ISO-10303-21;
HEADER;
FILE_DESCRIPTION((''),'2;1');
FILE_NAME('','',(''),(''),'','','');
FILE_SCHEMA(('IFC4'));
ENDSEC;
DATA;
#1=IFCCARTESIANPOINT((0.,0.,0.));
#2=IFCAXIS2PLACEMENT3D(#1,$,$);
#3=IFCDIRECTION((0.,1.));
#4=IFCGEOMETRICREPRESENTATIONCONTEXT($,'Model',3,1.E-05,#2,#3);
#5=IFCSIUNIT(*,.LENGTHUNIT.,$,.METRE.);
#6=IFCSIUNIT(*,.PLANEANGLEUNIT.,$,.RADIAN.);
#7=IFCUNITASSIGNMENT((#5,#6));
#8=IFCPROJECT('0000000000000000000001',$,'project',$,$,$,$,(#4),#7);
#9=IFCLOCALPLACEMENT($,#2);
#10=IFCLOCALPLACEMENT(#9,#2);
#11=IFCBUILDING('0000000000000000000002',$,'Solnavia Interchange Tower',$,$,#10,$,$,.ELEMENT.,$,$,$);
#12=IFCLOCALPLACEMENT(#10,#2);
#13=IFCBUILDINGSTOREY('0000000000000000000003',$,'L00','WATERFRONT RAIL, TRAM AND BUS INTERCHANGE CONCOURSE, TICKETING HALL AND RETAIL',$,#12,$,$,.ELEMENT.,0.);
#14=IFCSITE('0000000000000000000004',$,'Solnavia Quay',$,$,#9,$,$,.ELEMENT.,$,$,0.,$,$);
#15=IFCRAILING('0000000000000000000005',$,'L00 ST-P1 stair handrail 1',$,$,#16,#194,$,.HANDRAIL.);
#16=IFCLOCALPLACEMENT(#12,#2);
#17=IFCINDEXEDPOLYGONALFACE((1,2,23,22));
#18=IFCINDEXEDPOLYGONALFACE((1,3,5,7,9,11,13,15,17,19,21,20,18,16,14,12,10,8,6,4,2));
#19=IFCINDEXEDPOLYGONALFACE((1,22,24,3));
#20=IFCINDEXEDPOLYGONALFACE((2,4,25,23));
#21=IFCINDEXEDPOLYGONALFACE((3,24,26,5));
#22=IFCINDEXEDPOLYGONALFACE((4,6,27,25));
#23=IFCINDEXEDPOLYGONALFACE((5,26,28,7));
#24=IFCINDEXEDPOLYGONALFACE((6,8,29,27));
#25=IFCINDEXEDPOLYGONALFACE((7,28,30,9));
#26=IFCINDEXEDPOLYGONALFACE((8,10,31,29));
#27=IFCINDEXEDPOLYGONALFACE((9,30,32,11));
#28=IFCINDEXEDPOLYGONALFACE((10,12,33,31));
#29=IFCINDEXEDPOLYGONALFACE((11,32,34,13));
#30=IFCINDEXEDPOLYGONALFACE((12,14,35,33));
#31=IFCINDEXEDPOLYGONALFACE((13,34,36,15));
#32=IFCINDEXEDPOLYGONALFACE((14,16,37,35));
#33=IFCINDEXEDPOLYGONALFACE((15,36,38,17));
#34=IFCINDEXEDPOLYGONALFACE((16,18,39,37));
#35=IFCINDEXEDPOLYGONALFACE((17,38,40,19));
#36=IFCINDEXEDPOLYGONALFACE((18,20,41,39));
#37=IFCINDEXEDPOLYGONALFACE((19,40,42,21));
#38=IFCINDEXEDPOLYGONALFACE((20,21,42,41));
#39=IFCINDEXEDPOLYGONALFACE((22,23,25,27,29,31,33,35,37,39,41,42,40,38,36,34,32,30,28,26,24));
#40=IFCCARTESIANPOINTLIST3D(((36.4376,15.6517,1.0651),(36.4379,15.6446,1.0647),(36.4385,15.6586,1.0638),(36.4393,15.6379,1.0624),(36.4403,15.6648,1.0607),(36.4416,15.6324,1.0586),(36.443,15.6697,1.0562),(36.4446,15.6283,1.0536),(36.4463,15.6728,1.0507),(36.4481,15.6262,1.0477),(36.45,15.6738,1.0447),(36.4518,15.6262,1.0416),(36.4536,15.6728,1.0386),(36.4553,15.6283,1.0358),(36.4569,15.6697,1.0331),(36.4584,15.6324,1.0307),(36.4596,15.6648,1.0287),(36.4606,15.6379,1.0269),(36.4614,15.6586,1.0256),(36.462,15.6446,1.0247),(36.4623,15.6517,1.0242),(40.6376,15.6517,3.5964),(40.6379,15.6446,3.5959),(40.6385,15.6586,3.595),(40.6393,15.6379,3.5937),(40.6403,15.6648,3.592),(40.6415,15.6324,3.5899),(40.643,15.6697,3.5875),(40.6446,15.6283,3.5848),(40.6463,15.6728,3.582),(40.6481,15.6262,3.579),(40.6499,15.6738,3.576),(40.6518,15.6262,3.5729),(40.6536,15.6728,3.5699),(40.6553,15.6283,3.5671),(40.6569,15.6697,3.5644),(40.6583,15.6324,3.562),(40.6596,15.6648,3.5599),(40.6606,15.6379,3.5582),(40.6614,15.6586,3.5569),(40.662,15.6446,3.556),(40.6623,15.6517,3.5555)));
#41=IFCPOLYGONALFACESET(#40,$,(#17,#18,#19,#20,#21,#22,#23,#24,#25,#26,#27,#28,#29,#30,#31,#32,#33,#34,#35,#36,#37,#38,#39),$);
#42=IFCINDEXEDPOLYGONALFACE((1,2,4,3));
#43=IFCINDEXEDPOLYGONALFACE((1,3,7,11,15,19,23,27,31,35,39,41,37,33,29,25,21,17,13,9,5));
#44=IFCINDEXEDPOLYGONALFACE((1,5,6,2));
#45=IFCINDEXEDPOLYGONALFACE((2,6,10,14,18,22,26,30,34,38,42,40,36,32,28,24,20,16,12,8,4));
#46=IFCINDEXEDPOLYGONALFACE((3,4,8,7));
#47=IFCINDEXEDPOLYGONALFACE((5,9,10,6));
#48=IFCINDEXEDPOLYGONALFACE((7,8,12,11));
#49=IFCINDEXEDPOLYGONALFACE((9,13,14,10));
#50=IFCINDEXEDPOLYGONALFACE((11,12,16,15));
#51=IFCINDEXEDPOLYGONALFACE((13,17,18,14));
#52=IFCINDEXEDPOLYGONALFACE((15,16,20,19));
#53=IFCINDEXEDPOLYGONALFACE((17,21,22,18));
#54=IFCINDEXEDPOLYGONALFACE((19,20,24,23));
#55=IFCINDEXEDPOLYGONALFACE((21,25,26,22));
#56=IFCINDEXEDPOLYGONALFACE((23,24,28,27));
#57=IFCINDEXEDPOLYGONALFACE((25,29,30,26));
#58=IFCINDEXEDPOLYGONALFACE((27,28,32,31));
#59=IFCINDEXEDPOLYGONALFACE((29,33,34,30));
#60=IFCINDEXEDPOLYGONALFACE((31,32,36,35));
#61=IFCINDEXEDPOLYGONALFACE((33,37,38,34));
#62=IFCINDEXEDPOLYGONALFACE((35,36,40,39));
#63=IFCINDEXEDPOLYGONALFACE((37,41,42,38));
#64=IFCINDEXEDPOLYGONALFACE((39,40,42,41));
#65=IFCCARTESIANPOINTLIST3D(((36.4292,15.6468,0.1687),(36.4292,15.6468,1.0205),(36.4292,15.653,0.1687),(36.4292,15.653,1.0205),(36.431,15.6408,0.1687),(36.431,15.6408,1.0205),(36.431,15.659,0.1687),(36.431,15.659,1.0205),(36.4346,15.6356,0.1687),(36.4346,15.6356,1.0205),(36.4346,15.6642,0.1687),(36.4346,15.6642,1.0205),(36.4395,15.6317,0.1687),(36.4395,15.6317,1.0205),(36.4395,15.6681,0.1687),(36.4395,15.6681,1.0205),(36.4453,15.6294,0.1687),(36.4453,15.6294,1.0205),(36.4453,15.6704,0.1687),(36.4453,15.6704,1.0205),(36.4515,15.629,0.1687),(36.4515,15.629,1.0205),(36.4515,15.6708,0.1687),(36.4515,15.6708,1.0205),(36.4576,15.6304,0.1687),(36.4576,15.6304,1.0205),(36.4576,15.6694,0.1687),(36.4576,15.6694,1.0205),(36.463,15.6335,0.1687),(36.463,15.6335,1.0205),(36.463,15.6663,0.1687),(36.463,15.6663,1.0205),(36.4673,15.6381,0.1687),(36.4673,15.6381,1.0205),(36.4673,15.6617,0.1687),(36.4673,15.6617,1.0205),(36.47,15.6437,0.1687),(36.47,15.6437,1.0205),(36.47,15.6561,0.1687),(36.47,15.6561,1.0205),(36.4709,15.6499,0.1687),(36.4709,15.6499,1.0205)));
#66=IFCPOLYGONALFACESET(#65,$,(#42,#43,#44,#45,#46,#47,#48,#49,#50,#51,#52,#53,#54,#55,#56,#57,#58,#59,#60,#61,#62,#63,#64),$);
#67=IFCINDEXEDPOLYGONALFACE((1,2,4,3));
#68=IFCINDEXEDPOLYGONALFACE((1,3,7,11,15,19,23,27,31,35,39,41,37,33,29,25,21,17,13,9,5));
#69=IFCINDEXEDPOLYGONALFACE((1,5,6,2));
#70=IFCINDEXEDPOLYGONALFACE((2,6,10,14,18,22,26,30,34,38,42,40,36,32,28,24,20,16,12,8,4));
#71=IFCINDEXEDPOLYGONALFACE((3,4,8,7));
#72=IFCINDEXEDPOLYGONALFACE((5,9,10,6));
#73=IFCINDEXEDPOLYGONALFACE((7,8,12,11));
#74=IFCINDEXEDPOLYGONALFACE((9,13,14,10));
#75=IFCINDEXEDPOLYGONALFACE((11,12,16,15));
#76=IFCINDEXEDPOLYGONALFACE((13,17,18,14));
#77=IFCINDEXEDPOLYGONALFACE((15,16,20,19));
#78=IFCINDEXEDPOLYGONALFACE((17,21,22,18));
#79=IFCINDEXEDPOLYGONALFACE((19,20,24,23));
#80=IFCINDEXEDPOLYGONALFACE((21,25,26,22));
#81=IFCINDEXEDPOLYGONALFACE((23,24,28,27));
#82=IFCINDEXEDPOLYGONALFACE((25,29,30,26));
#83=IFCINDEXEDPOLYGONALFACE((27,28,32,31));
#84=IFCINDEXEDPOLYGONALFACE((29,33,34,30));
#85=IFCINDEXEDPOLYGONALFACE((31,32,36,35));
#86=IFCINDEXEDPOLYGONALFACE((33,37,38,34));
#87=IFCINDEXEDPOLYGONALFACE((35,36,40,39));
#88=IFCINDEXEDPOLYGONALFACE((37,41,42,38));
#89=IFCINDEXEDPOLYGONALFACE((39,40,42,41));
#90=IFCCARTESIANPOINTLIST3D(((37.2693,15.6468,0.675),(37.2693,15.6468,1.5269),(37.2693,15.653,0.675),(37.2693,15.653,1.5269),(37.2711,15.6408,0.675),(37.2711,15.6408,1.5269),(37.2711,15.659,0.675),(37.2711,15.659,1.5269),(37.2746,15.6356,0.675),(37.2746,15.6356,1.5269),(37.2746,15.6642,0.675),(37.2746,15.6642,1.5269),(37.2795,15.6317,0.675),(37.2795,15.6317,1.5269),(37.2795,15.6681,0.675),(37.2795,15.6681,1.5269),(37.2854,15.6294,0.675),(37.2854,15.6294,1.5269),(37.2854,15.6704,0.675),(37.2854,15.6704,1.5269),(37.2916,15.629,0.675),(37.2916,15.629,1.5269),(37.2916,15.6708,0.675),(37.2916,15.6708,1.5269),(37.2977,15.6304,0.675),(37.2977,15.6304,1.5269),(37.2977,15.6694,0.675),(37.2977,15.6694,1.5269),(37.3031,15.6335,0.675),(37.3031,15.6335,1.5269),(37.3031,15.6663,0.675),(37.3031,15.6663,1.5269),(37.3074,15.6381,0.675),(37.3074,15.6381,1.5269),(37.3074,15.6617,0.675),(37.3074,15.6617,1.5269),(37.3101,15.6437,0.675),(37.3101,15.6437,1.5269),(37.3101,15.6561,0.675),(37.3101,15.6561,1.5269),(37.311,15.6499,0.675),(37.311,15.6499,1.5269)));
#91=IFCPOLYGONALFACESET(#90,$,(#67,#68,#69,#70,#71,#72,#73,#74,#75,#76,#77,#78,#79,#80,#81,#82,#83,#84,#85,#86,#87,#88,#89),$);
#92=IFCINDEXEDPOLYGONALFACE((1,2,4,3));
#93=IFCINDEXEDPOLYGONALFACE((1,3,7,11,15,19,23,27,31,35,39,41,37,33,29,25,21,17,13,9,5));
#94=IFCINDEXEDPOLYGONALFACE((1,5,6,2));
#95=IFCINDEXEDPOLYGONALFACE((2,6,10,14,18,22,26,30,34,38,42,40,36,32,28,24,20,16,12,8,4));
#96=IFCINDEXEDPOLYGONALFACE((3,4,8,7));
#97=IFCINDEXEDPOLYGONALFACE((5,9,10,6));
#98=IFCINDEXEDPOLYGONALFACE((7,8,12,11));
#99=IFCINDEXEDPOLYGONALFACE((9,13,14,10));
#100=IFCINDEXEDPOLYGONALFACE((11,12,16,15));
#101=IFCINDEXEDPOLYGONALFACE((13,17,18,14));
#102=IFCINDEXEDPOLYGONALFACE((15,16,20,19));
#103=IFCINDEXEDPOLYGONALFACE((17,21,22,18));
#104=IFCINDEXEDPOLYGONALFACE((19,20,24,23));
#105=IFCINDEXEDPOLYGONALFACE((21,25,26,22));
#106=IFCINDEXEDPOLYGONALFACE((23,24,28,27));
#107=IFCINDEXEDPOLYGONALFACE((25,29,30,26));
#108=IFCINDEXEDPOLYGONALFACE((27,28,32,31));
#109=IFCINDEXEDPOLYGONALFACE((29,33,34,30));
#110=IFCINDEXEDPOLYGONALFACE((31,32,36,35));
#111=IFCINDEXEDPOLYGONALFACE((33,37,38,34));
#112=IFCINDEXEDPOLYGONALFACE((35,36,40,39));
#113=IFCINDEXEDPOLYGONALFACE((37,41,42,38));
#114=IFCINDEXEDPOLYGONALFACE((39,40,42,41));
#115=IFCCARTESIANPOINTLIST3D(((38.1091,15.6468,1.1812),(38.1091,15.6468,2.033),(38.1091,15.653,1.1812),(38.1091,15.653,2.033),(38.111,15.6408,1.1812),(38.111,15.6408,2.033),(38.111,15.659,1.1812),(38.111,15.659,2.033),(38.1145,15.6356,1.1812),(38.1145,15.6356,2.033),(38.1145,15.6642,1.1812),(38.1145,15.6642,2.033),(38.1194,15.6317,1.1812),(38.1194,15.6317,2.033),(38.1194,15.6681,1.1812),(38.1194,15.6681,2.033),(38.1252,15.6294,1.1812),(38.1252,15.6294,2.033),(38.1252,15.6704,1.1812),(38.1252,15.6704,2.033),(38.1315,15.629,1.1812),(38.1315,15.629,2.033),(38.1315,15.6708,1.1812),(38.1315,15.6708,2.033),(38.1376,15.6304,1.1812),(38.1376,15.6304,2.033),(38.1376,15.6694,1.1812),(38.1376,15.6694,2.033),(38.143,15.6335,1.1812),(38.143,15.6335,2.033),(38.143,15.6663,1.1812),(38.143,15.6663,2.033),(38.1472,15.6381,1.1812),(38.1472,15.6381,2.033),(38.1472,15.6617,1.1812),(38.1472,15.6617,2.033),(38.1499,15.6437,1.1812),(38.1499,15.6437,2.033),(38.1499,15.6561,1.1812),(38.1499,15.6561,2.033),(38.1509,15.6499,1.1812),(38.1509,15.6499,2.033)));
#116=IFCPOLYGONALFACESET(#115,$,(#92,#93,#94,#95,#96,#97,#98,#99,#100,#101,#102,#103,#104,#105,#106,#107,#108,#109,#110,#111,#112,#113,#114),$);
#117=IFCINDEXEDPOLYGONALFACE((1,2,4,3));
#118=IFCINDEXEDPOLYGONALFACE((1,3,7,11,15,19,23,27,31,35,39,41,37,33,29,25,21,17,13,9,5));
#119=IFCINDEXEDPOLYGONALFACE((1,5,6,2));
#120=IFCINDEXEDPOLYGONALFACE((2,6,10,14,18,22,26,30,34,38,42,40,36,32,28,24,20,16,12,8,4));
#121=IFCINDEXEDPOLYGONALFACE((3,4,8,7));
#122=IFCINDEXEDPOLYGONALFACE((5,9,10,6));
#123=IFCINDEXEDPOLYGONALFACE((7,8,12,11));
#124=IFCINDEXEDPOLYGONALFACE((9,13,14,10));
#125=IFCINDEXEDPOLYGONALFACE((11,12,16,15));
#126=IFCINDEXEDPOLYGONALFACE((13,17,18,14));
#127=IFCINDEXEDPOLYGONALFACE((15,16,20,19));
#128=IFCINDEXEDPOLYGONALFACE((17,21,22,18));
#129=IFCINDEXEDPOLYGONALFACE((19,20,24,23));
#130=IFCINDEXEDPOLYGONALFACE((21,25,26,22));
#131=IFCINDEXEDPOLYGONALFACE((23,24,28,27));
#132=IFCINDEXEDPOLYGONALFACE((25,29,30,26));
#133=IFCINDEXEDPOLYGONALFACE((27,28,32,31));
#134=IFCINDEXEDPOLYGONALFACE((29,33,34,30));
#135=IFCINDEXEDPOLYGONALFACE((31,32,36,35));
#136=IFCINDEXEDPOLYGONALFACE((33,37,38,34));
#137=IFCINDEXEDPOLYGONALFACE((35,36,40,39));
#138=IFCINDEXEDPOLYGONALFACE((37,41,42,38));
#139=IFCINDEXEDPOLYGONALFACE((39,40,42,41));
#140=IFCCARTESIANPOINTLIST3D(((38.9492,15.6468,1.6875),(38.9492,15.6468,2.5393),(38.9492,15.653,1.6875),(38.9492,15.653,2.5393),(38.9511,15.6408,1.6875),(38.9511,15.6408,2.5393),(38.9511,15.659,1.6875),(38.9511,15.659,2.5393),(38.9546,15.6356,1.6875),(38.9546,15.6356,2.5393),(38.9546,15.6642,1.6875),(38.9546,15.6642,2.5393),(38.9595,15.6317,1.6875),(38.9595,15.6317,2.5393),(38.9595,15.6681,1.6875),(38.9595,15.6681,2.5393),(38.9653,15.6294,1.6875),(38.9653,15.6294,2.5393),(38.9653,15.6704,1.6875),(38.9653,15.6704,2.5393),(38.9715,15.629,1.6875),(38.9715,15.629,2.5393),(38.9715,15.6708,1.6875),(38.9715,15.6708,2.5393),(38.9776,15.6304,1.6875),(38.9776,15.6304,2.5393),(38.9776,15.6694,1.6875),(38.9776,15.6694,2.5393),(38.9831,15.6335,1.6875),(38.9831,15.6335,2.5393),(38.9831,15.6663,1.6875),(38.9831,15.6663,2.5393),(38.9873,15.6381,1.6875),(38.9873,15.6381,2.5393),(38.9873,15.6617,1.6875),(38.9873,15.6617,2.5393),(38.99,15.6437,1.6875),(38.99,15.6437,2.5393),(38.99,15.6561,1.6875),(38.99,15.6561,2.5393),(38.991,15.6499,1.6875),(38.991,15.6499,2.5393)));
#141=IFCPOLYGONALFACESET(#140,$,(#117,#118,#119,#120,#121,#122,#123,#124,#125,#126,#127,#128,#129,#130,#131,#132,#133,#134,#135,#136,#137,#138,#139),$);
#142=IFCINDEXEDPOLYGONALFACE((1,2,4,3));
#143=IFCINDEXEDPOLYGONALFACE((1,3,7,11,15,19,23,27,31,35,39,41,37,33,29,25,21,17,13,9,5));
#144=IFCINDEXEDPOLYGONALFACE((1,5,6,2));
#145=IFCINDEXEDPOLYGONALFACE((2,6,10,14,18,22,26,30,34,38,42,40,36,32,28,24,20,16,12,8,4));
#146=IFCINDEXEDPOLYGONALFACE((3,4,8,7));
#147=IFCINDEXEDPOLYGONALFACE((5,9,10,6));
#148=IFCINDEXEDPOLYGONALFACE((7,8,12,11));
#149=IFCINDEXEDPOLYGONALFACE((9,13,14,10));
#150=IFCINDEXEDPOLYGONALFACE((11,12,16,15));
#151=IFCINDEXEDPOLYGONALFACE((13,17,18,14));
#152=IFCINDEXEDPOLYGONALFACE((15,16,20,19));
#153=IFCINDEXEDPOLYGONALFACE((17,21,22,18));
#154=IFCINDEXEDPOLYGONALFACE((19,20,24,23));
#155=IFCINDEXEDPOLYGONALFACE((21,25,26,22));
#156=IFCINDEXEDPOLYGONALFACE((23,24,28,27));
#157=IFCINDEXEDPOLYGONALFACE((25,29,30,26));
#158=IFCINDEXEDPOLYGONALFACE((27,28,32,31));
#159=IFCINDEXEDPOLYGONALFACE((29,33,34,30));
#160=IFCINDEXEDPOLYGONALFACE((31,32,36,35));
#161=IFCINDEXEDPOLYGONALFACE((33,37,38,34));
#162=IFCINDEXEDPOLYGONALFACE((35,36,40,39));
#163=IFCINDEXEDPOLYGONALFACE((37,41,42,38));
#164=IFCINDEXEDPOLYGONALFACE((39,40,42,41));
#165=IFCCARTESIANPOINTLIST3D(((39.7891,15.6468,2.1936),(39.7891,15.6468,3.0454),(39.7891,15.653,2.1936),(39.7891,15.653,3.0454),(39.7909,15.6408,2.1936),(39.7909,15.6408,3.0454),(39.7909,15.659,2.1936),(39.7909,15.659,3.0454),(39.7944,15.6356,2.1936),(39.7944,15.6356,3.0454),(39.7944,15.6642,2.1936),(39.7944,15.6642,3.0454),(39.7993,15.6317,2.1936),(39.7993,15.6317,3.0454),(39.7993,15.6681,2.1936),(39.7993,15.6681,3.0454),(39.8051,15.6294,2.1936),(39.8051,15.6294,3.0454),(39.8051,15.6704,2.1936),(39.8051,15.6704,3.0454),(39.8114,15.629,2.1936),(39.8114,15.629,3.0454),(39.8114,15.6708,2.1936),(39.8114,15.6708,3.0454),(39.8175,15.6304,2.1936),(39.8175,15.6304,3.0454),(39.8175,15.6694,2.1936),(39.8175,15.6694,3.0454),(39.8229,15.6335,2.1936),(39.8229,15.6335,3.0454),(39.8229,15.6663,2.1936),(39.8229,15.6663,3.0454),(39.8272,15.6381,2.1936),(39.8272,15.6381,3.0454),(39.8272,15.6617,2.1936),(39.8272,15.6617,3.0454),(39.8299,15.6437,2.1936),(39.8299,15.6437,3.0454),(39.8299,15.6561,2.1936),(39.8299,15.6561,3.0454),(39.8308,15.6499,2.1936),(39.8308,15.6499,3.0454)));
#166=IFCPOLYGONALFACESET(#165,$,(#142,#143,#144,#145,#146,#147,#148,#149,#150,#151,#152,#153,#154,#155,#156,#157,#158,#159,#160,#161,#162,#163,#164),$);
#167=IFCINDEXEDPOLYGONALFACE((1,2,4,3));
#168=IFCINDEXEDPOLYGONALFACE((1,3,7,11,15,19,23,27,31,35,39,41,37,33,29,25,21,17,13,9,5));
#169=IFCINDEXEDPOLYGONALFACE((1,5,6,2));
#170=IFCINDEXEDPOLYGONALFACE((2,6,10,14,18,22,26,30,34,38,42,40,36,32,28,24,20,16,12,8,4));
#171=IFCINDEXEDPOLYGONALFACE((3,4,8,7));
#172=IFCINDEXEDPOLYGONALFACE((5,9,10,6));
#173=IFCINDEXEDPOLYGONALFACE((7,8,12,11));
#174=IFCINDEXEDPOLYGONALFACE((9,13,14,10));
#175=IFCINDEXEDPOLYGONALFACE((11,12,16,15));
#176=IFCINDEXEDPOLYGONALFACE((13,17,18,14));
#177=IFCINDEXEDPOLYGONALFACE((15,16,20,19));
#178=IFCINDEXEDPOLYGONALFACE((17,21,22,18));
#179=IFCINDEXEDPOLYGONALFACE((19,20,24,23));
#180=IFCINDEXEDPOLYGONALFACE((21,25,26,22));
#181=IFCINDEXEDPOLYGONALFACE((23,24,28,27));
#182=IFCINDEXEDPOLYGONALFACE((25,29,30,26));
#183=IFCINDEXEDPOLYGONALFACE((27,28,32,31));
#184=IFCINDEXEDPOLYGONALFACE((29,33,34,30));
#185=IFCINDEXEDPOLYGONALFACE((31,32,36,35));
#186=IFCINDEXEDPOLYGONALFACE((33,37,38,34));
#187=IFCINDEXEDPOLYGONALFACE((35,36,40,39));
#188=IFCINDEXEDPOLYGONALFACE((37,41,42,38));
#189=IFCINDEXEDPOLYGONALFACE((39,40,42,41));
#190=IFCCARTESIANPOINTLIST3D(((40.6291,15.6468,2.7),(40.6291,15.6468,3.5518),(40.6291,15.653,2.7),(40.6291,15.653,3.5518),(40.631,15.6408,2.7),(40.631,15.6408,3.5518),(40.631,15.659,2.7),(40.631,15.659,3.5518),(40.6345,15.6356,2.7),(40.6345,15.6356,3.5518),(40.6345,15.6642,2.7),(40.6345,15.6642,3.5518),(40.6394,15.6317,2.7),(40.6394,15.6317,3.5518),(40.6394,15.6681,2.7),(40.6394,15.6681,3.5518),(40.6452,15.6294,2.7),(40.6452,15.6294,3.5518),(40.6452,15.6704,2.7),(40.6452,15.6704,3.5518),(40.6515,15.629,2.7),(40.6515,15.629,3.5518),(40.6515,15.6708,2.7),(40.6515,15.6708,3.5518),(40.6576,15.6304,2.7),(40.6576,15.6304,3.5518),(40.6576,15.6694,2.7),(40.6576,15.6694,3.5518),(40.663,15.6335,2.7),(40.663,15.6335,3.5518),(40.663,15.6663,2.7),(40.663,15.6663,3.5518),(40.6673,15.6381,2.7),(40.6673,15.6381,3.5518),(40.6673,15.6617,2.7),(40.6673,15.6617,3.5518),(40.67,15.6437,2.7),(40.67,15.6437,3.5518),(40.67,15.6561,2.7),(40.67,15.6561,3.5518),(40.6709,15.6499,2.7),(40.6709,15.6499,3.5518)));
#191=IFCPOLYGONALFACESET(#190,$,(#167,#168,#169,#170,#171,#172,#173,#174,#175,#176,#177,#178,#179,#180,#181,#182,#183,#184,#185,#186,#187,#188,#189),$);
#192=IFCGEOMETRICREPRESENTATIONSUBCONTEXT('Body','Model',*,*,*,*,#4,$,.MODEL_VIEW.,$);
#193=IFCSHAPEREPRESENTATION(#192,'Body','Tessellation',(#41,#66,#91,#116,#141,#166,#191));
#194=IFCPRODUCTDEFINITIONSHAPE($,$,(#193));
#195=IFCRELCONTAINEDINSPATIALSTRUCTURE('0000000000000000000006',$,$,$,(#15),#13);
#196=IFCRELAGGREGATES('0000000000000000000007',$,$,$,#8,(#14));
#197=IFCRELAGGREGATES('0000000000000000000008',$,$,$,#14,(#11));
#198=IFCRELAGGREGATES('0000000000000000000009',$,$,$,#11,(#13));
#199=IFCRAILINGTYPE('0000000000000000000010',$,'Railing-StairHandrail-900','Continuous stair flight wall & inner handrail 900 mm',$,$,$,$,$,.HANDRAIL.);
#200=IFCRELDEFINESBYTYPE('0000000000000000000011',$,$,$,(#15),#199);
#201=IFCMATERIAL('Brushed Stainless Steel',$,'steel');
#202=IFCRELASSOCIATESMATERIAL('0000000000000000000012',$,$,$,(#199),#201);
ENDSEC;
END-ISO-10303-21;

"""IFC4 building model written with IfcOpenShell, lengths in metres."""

from ifc_helpers import new_model, si_unit, direction, frame, origin, origin_2d, place, context, subcontext, project, spatial, circle, extrude, material, type_object, element, save


model = new_model("IFC4")

# Units and contexts
model_context = context("Model", 3, precision=1e-05, world=origin(), true_north=direction((0.0, 1.0)))
body_context = subcontext(model_context, "Body", "Model", "MODEL_VIEW")
ifc_project = project(units=[si_unit("LENGTHUNIT", "METRE"), si_unit("PLANEANGLEUNIT", "RADIAN")], contexts=[model_context])

# Site, building, storey
site_placement = place(None, origin())
site = spatial("IfcSite", under=ifc_project, at=site_placement, Name="Solnavia Quay", CompositionType="ELEMENT", RefElevation=0.0)
building_placement = place(site_placement, origin())
building = spatial("IfcBuilding", under=site, at=building_placement, Name="Solnavia Interchange Tower", CompositionType="ELEMENT")
storey_placement = place(building_placement, origin())
storey = spatial("IfcBuildingStorey", under=building, at=storey_placement, Name="L00", Description="WATERFRONT RAIL, TRAM AND BUS INTERCHANGE CONCOURSE, TICKETING HALL AND RETAIL", CompositionType="ELEMENT", Elevation=0.0)

# Railing
ifc_material_1 = material(Name="Brushed Stainless Steel", Category="steel")
railing_type_1 = type_object("IfcRailingType", Name="Railing-StairHandrail-900", Description="Continuous stair flight wall & inner handrail 900 mm", PredefinedType="HANDRAIL", material=ifc_material_1)
railing_1_placement = place(storey_placement, frame((36.45, 15.6499, 0.1687)))
element("IfcRailing", 1, at=railing_1_placement, inside=storey, type_object=railing_type_1, Name="L00 ST-P1 stair handrail 1", PredefinedType="HANDRAIL", context=body_context, shape_type="SweptSolid", body=[
    extrude(circle(Radius=0.0239, at=origin_2d()), frame((0.0, 0.0, 0.876), z_axis=(0.856476, 0.0, 0.516186), x_axis=(0.0, 1.0, 0.0)), (0.0, 0.0, 1.0), 4.9038),
    extrude(circle(Radius=0.021, at=origin_2d()), origin(), (0.0, 0.0, 1.0), 0.8518),
    extrude(circle(Radius=0.021, at=origin_2d()), frame((0.8401, 0.0, 0.5063)), (0.0, 0.0, 1.0), 0.8518),
    extrude(circle(Radius=0.021, at=origin_2d()), frame((1.6799, 0.0, 1.0125)), (0.0, 0.0, 1.0), 0.8518),
    extrude(circle(Radius=0.021, at=origin_2d()), frame((2.52, 0.0, 1.5188)), (0.0, 0.0, 1.0), 0.8518),
    extrude(circle(Radius=0.021, at=origin_2d()), frame((3.3599, 0.0, 2.0249)), (0.0, 0.0, 1.0), 0.8518),
    extrude(circle(Radius=0.021, at=origin_2d()), frame((4.2, 0.0, 2.5312)), (0.0, 0.0, 1.0), 0.8518),
])

save(model, "model.ifc")
